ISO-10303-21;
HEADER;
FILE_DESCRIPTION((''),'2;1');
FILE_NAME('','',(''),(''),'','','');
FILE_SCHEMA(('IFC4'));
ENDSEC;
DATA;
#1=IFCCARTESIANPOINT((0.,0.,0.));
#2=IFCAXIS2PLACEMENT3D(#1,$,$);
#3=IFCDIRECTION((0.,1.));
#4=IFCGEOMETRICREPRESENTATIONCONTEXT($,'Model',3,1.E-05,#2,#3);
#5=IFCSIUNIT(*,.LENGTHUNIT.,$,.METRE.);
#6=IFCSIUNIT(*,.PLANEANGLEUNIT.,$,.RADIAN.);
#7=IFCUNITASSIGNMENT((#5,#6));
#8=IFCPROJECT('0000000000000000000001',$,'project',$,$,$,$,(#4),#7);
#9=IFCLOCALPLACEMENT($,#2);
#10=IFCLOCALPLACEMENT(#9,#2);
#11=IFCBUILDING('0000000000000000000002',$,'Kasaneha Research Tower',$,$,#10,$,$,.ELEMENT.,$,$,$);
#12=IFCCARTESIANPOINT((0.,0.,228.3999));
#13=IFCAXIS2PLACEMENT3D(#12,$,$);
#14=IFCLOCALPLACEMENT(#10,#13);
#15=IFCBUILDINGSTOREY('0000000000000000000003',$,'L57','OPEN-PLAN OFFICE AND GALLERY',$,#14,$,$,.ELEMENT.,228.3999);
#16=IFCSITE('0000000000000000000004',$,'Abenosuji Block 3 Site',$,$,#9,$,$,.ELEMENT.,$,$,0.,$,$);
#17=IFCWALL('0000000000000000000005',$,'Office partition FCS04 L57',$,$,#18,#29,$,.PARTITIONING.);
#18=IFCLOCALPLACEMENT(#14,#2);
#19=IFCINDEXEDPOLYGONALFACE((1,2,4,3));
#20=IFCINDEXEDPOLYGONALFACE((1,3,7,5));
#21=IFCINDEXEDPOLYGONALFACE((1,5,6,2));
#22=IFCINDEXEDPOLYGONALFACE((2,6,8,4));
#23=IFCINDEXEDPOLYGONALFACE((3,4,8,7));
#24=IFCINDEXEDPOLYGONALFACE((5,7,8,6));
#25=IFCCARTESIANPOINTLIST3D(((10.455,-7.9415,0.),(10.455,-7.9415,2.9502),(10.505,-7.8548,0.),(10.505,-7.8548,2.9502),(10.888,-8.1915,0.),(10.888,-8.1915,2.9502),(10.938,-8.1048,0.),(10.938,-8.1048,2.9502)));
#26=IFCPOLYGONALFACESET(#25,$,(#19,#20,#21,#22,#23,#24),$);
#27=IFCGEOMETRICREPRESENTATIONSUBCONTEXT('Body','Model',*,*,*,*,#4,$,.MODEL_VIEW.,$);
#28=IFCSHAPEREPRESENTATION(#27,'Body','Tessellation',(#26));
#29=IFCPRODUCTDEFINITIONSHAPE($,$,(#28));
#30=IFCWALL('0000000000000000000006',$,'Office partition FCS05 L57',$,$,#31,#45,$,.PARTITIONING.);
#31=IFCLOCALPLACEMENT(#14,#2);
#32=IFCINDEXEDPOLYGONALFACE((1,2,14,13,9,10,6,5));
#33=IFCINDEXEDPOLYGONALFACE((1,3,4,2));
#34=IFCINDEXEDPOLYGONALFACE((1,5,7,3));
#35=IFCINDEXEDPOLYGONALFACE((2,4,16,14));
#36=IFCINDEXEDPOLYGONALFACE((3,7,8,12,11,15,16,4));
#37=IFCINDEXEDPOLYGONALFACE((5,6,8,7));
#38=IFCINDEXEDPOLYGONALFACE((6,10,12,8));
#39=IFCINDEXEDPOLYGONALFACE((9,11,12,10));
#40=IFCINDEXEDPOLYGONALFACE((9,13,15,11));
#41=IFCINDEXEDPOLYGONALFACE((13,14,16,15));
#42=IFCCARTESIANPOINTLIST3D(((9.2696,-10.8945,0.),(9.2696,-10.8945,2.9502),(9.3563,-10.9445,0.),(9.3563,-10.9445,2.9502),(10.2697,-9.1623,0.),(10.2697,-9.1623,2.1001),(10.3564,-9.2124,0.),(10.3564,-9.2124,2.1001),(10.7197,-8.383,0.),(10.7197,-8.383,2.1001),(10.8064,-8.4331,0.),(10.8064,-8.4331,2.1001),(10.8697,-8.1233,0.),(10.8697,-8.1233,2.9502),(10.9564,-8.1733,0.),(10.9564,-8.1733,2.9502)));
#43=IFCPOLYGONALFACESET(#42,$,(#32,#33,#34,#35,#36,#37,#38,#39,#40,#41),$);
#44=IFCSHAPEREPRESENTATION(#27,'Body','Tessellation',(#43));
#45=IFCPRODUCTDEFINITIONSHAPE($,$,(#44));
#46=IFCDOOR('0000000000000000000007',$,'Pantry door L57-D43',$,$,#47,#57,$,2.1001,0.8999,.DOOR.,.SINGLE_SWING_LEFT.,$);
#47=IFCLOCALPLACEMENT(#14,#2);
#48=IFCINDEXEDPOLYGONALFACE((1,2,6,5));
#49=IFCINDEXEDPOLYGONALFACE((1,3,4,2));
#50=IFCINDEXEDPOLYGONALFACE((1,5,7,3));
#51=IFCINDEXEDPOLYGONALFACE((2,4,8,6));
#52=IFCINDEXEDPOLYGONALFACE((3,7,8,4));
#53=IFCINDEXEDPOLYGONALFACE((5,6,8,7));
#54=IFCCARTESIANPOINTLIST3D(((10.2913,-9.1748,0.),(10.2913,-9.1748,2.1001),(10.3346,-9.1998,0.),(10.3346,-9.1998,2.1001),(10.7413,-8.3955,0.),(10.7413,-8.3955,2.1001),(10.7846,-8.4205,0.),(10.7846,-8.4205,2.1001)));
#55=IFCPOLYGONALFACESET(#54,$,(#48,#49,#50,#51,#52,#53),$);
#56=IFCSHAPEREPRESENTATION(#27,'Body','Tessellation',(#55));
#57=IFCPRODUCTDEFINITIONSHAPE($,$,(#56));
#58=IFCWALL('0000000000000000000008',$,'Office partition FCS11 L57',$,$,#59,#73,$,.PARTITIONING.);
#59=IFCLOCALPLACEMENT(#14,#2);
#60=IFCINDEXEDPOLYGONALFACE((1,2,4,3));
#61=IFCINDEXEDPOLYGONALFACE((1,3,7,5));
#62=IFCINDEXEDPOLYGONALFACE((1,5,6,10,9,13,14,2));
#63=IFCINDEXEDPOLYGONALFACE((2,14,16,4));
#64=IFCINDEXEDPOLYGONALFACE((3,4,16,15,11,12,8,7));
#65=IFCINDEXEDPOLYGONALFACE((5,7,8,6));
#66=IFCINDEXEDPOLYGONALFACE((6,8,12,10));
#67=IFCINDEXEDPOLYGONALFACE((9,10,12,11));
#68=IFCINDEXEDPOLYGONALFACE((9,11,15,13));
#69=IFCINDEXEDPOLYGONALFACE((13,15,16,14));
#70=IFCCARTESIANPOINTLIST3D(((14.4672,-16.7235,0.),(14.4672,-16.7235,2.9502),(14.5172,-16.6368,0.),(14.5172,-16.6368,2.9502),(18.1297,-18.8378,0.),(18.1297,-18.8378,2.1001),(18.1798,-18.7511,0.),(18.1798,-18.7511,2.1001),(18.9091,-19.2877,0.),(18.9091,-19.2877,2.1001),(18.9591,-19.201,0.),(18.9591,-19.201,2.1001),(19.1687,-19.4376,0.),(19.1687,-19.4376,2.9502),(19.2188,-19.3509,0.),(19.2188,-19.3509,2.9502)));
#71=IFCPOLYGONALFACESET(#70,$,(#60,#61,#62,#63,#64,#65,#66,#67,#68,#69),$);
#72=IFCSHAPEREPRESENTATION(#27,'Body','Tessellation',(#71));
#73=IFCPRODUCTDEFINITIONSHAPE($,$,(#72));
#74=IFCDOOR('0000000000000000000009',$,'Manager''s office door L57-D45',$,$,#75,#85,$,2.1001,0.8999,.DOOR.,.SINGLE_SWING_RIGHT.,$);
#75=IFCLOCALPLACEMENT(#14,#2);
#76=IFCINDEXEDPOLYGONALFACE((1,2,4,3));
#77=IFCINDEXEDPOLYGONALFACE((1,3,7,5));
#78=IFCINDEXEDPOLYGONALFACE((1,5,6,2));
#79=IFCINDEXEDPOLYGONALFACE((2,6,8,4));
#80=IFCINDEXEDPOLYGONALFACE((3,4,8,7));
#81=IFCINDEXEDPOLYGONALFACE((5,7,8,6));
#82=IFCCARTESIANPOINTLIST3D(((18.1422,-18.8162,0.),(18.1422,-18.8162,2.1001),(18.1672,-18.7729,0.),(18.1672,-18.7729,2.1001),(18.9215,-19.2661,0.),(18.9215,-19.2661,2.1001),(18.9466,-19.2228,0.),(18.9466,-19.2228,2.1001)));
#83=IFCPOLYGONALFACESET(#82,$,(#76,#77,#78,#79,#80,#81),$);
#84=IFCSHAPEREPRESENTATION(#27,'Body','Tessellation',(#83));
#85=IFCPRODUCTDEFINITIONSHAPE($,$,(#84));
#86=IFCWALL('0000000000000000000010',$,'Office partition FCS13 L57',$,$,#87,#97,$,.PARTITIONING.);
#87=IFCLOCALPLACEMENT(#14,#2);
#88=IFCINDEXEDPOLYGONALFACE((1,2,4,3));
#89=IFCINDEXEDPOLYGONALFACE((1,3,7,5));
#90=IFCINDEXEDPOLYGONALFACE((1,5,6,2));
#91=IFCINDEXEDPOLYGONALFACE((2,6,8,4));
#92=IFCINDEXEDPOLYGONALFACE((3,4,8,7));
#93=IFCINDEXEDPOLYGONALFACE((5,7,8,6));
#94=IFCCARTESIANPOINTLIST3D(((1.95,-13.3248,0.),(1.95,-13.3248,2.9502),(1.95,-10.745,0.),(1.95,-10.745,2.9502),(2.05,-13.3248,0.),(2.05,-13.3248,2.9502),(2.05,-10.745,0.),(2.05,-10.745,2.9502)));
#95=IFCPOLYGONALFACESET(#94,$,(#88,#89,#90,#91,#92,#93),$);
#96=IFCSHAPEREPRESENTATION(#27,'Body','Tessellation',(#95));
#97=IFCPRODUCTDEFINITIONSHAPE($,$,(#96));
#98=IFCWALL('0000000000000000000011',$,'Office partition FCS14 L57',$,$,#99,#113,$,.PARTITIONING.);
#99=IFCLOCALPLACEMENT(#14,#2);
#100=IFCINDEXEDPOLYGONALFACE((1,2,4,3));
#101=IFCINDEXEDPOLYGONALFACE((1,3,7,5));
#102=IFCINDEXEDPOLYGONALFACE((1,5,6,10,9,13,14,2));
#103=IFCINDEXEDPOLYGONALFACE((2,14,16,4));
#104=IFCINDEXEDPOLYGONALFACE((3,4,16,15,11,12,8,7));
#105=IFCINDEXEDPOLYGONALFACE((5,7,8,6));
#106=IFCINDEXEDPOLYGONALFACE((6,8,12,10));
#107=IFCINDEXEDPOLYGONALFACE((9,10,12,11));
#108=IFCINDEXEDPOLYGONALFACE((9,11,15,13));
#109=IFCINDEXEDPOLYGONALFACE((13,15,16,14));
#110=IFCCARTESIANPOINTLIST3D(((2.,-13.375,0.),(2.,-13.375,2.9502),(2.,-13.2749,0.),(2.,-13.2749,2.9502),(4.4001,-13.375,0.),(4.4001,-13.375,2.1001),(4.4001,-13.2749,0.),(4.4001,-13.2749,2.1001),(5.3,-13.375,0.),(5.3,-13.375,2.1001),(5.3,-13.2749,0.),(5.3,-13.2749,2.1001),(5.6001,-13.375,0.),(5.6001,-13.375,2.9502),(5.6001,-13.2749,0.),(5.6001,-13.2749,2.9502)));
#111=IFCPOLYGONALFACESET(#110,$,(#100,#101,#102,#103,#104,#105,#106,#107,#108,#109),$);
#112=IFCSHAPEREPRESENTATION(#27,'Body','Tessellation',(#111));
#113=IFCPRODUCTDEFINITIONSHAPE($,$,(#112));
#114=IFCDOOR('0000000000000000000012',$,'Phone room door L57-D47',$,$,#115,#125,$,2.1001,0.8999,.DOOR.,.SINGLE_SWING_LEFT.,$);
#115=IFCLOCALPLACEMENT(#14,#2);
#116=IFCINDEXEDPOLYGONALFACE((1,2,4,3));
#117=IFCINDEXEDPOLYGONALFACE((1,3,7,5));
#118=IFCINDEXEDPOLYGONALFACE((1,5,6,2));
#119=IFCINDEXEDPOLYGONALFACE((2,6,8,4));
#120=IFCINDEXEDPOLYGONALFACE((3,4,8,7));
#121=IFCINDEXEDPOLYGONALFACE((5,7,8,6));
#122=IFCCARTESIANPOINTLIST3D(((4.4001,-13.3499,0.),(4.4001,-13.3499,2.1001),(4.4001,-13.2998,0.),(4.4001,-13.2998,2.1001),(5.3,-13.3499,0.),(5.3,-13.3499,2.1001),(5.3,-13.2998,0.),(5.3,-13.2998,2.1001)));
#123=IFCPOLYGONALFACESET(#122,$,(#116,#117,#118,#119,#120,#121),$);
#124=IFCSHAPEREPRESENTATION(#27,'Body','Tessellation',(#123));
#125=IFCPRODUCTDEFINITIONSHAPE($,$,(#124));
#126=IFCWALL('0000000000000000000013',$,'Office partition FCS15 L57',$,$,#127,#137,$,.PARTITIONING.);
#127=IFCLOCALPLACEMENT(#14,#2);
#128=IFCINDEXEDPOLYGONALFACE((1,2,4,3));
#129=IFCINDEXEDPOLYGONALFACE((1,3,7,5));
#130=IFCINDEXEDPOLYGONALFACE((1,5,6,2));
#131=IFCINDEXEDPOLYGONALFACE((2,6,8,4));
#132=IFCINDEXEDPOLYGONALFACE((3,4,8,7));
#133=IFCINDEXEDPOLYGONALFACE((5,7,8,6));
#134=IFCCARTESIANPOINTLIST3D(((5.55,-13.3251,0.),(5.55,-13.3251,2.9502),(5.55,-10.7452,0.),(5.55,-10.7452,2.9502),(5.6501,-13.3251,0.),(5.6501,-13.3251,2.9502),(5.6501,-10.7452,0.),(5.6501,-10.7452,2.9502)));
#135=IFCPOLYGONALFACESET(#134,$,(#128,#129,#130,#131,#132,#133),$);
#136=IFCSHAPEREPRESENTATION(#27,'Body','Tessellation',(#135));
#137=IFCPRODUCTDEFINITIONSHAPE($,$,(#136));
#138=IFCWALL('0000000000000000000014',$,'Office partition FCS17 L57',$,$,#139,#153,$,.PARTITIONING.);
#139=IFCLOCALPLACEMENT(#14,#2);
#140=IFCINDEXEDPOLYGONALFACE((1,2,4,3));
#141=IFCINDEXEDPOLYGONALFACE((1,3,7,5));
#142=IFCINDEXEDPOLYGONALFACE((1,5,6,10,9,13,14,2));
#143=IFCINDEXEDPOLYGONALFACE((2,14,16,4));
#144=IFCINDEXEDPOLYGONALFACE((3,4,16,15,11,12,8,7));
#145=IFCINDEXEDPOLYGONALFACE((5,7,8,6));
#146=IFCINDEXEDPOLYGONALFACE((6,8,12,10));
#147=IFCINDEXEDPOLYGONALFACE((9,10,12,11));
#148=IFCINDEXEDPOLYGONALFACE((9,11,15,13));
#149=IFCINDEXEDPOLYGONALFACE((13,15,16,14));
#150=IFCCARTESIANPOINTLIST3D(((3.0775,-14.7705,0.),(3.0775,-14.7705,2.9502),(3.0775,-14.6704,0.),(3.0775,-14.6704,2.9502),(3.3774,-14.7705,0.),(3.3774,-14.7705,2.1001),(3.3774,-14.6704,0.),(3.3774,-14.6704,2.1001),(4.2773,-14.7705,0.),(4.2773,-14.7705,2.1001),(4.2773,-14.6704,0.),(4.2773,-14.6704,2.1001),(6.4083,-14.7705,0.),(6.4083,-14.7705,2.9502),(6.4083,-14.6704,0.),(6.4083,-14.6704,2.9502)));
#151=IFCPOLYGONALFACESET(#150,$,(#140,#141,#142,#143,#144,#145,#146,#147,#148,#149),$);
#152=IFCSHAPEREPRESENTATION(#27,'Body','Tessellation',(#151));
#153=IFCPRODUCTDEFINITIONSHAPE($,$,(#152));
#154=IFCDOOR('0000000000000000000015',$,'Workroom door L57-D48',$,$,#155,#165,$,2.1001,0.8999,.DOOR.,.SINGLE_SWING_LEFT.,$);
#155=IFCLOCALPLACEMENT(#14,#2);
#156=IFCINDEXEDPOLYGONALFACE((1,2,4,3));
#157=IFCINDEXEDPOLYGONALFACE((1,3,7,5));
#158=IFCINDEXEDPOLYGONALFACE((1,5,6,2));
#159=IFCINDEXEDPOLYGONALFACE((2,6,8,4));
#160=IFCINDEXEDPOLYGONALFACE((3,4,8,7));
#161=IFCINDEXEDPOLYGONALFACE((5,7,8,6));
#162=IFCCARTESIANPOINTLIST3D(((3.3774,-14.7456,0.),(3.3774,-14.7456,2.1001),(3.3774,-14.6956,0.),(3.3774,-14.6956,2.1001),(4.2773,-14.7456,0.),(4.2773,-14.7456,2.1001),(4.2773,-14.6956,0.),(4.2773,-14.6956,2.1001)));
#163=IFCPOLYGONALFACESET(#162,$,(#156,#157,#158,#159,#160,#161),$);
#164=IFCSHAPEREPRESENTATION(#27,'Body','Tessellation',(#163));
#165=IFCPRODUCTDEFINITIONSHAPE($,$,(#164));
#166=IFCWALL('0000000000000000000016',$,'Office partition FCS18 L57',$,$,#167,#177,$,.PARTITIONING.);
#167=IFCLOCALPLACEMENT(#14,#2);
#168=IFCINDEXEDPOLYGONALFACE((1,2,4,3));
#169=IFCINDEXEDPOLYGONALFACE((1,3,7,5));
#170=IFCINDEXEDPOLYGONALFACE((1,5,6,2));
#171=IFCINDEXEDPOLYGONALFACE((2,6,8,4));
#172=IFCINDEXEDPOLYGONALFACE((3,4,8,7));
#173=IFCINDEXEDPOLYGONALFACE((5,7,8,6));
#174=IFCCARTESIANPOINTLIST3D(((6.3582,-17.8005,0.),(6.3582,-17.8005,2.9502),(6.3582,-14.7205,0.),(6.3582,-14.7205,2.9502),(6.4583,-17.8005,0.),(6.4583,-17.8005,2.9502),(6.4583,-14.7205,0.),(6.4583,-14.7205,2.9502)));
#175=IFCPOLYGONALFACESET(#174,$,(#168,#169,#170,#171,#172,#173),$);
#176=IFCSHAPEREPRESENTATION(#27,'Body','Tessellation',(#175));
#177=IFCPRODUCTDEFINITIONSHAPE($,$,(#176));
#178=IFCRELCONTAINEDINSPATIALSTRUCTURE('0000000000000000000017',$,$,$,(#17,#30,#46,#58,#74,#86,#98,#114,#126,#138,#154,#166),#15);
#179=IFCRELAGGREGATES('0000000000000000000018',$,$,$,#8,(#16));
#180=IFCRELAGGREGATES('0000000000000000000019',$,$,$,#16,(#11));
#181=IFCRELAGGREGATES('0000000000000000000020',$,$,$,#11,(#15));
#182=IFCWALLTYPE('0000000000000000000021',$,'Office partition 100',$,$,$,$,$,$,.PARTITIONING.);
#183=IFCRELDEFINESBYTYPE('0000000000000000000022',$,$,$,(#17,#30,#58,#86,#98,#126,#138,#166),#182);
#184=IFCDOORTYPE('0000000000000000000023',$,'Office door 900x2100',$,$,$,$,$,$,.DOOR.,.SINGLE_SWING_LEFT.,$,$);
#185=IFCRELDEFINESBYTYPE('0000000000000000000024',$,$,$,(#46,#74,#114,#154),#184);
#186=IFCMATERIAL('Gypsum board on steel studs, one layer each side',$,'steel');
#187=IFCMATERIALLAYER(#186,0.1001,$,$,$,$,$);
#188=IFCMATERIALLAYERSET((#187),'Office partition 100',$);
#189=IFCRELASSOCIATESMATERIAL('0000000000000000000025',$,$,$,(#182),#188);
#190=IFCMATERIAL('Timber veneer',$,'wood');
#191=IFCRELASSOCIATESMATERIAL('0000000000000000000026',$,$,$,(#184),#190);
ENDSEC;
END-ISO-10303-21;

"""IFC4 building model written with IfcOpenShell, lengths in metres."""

from ifc_helpers import new_model, si_unit, direction, frame, frame_2d, origin, place, context, subcontext, project, spatial, rectangle, extrude, material, layer, layer_set, type_object, element, fill, save


model = new_model("IFC4")

# Units and contexts
model_context = context("Model", 3, precision=1e-05, world=origin(), true_north=direction((0.0, 1.0)))
body_context = subcontext(model_context, "Body", "Model", "MODEL_VIEW")
ifc_project = project(units=[si_unit("LENGTHUNIT", "METRE"), si_unit("PLANEANGLEUNIT", "RADIAN")], contexts=[model_context])

# Site, building, storey
site_placement = place(None, origin())
site = spatial("IfcSite", under=ifc_project, at=site_placement, Name="Abenosuji Block 3 Site", CompositionType="ELEMENT", RefElevation=0.0)
building_placement = place(site_placement, origin())
building = spatial("IfcBuilding", under=site, at=building_placement, Name="Kasaneha Research Tower", CompositionType="ELEMENT")
storey_placement = place(building_placement, frame((0.0, 0.0, 228.3999)))
storey = spatial("IfcBuildingStorey", under=building, at=storey_placement, Name="L57", Description="OPEN-PLAN OFFICE AND GALLERY", CompositionType="ELEMENT", Elevation=228.3999)

# Wall
ifc_material_1 = material(Name="Gypsum board on steel studs, one layer each side", Category="steel")
ifc_layer_1 = layer(ifc_material_1, 0.1001)
ifc_layer_set_1 = layer_set([ifc_layer_1], Name="Office partition 100")
wall_type_1 = type_object("IfcWallType", Name="Office partition 100", PredefinedType="PARTITIONING", material=ifc_layer_set_1)
wall_1_placement = place(storey_placement, frame((10.48, -7.8982, 0.0), z_axis=(0.0, 0.0, 1.0), x_axis=(0.866072, -0.49992, 0.0)))
element("IfcWall", 1, at=wall_1_placement, inside=storey, type_object=wall_type_1, Name="Office partition FCS04 L57", PredefinedType="PARTITIONING", context=body_context, shape_type="SweptSolid", body=[
    extrude(rectangle(XDim=0.5, YDim=0.1001, at=frame_2d((0.25, 0.0))), origin(), (0.0, 0.0, 1.0), 2.9502),
])

# Walls, openings, doors
wall_2_placement = place(storey_placement, frame((10.9131, -8.1482, 0.0), z_axis=(0.0, 0.0, 1.0), x_axis=(-0.500028, -0.866009, 0.0)))
wall_2 = element("IfcWall", 2, at=wall_2_placement, inside=storey, type_object=wall_type_1, Name="Office partition FCS05 L57", PredefinedType="PARTITIONING", context=body_context, shape_type="SweptSolid", body=[
    extrude(rectangle(XDim=3.2, YDim=0.1001, at=frame_2d((1.6001, 0.0))), origin(), (0.0, 0.0, 1.0), 2.9502),
])
opening_1_placement = place(wall_2_placement, frame((0.3, 0.0, 0.0)))
opening_1 = element("IfcOpeningElement", 3, at=opening_1_placement, cuts=wall_2, PredefinedType="OPENING", context=body_context, shape_type="SweptSolid", body=[
    extrude(rectangle(XDim=0.8999, YDim=2.1001, at=frame_2d((0.45, 1.05))), frame((0.0, 0.0601, 0.0), z_axis=(0.0, -1.0, 0.0), x_axis=(1.0, 0.0, 0.0)), (0.0, 0.0, 1.0), 0.1201),
])
ifc_material_2 = material(Name="Timber veneer", Category="wood")
door_type_1 = type_object("IfcDoorType", Name="Office door 900x2100", OperationType="SINGLE_SWING_LEFT", PredefinedType="DOOR", material=ifc_material_2)
door_1_placement = place(opening_1_placement, origin())
door_1 = element("IfcDoor", 4, at=door_1_placement, inside=storey, type_object=door_type_1, Name="Pantry door L57-D43", OperationType="SINGLE_SWING_LEFT", OverallHeight=2.1001, OverallWidth=0.8999, PredefinedType="DOOR", context=body_context, shape_type="SweptSolid", body=[
    extrude(rectangle(XDim=0.8999, YDim=2.1001, at=frame_2d((0.45, 1.05))), frame((0.0, 0.0249, 0.0), z_axis=(0.0, -1.0, 0.0), x_axis=(1.0, 0.0, 0.0)), (0.0, 0.0, 1.0), 0.05),
])
fill(opening_1, door_1)
wall_3_placement = place(storey_placement, frame((14.4922, -16.6802, 0.0), z_axis=(0.0, 0.0, 1.0), x_axis=(0.866057, -0.499946, 0.0)))
wall_3 = element("IfcWall", 5, at=wall_3_placement, inside=storey, type_object=wall_type_1, Name="Office partition FCS11 L57", PredefinedType="PARTITIONING", context=body_context, shape_type="SweptSolid", body=[
    extrude(rectangle(XDim=5.4287, YDim=0.1001, at=frame_2d((2.7144, 0.0))), origin(), (0.0, 0.0, 1.0), 2.9502),
])
opening_2_placement = place(wall_3_placement, frame((4.229, 0.0, 0.0)))
opening_2 = element("IfcOpeningElement", 6, at=opening_2_placement, cuts=wall_3, PredefinedType="OPENING", context=body_context, shape_type="SweptSolid", body=[
    extrude(rectangle(XDim=0.8999, YDim=2.1001, at=frame_2d((0.45, 1.05))), frame((0.0, 0.0601, 0.0), z_axis=(0.0, -1.0, 0.0), x_axis=(1.0, 0.0, 0.0)), (0.0, 0.0, 1.0), 0.1201),
])
door_2_placement = place(opening_2_placement, origin())
door_2 = element("IfcDoor", 7, at=door_2_placement, inside=storey, type_object=door_type_1, Name="Manager's office door L57-D45", OperationType="SINGLE_SWING_RIGHT", OverallHeight=2.1001, OverallWidth=0.8999, PredefinedType="DOOR", context=body_context, shape_type="SweptSolid", body=[
    extrude(rectangle(XDim=0.8999, YDim=2.1001, at=frame_2d((0.45, 1.05))), frame((0.0, 0.0249, 0.0), z_axis=(0.0, -1.0, 0.0), x_axis=(1.0, 0.0, 0.0)), (0.0, 0.0, 1.0), 0.05),
])
fill(opening_2, door_2)

# Wall
wall_4_placement = place(storey_placement, frame((2.0, -13.325, 0.0), z_axis=(0.0, 0.0, 1.0), x_axis=(0.0, 1.0, 0.0)))
element("IfcWall", 8, at=wall_4_placement, inside=storey, type_object=wall_type_1, Name="Office partition FCS13 L57", PredefinedType="PARTITIONING", context=body_context, shape_type="SweptSolid", body=[
    extrude(rectangle(XDim=2.5798, YDim=0.1001, at=frame_2d((1.29, 0.0))), origin(), (0.0, 0.0, 1.0), 2.9502),
])

# Wall, opening, door
wall_5_placement = place(storey_placement, frame((5.6001, -13.325, 0.0), z_axis=(0.0, 0.0, 1.0), x_axis=(-1.0, 0.0, 0.0)))
wall_5 = element("IfcWall", 9, at=wall_5_placement, inside=storey, type_object=wall_type_1, Name="Office partition FCS14 L57", PredefinedType="PARTITIONING", context=body_context, shape_type="SweptSolid", body=[
    extrude(rectangle(XDim=3.6001, YDim=0.1001, at=frame_2d((1.8, 0.0))), origin(), (0.0, 0.0, 1.0), 2.9502),
])
opening_3_placement = place(wall_5_placement, frame((0.3, 0.0, 0.0)))
opening_3 = element("IfcOpeningElement", 10, at=opening_3_placement, cuts=wall_5, PredefinedType="OPENING", context=body_context, shape_type="SweptSolid", body=[
    extrude(rectangle(XDim=0.8999, YDim=2.1001, at=frame_2d((0.45, 1.05))), frame((0.0, 0.0601, 0.0), z_axis=(0.0, -1.0, 0.0), x_axis=(1.0, 0.0, 0.0)), (0.0, 0.0, 1.0), 0.1201),
])
door_3_placement = place(opening_3_placement, origin())
door_3 = element("IfcDoor", 11, at=door_3_placement, inside=storey, type_object=door_type_1, Name="Phone room door L57-D47", OperationType="SINGLE_SWING_LEFT", OverallHeight=2.1001, OverallWidth=0.8999, PredefinedType="DOOR", context=body_context, shape_type="SweptSolid", body=[
    extrude(rectangle(XDim=0.8999, YDim=2.1001, at=frame_2d((0.45, 1.05))), frame((0.0, 0.0249, 0.0), z_axis=(0.0, -1.0, 0.0), x_axis=(1.0, 0.0, 0.0)), (0.0, 0.0, 1.0), 0.05),
])
fill(opening_3, door_3)

# Wall
wall_6_placement = place(storey_placement, frame((5.6001, -10.7451, 0.0), z_axis=(0.0, 0.0, 1.0), x_axis=(0.0, -1.0, 0.0)))
element("IfcWall", 12, at=wall_6_placement, inside=storey, type_object=wall_type_1, Name="Office partition FCS15 L57", PredefinedType="PARTITIONING", context=body_context, shape_type="SweptSolid", body=[
    extrude(rectangle(XDim=2.5798, YDim=0.1001, at=frame_2d((1.29, 0.0))), origin(), (0.0, 0.0, 1.0), 2.9502),
])

# Wall, opening, door
wall_7_placement = place(storey_placement, frame((3.0774, -14.7205, 0.0), z_axis=(0.0, 0.0, 1.0), x_axis=(1.0, 0.0, 0.0)))
wall_7 = element("IfcWall", 13, at=wall_7_placement, inside=storey, type_object=wall_type_1, Name="Office partition FCS17 L57", PredefinedType="PARTITIONING", context=body_context, shape_type="SweptSolid", body=[
    extrude(rectangle(XDim=3.3308, YDim=0.1001, at=frame_2d((1.6655, 0.0))), origin(), (0.0, 0.0, 1.0), 2.9502),
])
opening_4_placement = place(wall_7_placement, frame((0.3, 0.0, 0.0)))
opening_4 = element("IfcOpeningElement", 14, at=opening_4_placement, cuts=wall_7, PredefinedType="OPENING", context=body_context, shape_type="SweptSolid", body=[
    extrude(rectangle(XDim=0.8999, YDim=2.1001, at=frame_2d((0.45, 1.05))), frame((0.0, 0.0601, 0.0), z_axis=(0.0, -1.0, 0.0), x_axis=(1.0, 0.0, 0.0)), (0.0, 0.0, 1.0), 0.1201),
])
door_4_placement = place(opening_4_placement, origin())
door_4 = element("IfcDoor", 15, at=door_4_placement, inside=storey, type_object=door_type_1, Name="Workroom door L57-D48", OperationType="SINGLE_SWING_LEFT", OverallHeight=2.1001, OverallWidth=0.8999, PredefinedType="DOOR", context=body_context, shape_type="SweptSolid", body=[
    extrude(rectangle(XDim=0.8999, YDim=2.1001, at=frame_2d((0.45, 1.05))), frame((0.0, 0.0249, 0.0), z_axis=(0.0, -1.0, 0.0), x_axis=(1.0, 0.0, 0.0)), (0.0, 0.0, 1.0), 0.05),
])
fill(opening_4, door_4)

# Wall
wall_8_placement = place(storey_placement, frame((6.4082, -14.7205, 0.0), z_axis=(0.0, 0.0, 1.0), x_axis=(0.0, -1.0, 0.0)))
element("IfcWall", 16, at=wall_8_placement, inside=storey, type_object=wall_type_1, Name="Office partition FCS18 L57", PredefinedType="PARTITIONING", context=body_context, shape_type="SweptSolid", body=[
    extrude(rectangle(XDim=3.0801, YDim=0.1001, at=frame_2d((1.54, 0.0))), origin(), (0.0, 0.0, 1.0), 2.9502),
])

save(model, "model.ifc")
